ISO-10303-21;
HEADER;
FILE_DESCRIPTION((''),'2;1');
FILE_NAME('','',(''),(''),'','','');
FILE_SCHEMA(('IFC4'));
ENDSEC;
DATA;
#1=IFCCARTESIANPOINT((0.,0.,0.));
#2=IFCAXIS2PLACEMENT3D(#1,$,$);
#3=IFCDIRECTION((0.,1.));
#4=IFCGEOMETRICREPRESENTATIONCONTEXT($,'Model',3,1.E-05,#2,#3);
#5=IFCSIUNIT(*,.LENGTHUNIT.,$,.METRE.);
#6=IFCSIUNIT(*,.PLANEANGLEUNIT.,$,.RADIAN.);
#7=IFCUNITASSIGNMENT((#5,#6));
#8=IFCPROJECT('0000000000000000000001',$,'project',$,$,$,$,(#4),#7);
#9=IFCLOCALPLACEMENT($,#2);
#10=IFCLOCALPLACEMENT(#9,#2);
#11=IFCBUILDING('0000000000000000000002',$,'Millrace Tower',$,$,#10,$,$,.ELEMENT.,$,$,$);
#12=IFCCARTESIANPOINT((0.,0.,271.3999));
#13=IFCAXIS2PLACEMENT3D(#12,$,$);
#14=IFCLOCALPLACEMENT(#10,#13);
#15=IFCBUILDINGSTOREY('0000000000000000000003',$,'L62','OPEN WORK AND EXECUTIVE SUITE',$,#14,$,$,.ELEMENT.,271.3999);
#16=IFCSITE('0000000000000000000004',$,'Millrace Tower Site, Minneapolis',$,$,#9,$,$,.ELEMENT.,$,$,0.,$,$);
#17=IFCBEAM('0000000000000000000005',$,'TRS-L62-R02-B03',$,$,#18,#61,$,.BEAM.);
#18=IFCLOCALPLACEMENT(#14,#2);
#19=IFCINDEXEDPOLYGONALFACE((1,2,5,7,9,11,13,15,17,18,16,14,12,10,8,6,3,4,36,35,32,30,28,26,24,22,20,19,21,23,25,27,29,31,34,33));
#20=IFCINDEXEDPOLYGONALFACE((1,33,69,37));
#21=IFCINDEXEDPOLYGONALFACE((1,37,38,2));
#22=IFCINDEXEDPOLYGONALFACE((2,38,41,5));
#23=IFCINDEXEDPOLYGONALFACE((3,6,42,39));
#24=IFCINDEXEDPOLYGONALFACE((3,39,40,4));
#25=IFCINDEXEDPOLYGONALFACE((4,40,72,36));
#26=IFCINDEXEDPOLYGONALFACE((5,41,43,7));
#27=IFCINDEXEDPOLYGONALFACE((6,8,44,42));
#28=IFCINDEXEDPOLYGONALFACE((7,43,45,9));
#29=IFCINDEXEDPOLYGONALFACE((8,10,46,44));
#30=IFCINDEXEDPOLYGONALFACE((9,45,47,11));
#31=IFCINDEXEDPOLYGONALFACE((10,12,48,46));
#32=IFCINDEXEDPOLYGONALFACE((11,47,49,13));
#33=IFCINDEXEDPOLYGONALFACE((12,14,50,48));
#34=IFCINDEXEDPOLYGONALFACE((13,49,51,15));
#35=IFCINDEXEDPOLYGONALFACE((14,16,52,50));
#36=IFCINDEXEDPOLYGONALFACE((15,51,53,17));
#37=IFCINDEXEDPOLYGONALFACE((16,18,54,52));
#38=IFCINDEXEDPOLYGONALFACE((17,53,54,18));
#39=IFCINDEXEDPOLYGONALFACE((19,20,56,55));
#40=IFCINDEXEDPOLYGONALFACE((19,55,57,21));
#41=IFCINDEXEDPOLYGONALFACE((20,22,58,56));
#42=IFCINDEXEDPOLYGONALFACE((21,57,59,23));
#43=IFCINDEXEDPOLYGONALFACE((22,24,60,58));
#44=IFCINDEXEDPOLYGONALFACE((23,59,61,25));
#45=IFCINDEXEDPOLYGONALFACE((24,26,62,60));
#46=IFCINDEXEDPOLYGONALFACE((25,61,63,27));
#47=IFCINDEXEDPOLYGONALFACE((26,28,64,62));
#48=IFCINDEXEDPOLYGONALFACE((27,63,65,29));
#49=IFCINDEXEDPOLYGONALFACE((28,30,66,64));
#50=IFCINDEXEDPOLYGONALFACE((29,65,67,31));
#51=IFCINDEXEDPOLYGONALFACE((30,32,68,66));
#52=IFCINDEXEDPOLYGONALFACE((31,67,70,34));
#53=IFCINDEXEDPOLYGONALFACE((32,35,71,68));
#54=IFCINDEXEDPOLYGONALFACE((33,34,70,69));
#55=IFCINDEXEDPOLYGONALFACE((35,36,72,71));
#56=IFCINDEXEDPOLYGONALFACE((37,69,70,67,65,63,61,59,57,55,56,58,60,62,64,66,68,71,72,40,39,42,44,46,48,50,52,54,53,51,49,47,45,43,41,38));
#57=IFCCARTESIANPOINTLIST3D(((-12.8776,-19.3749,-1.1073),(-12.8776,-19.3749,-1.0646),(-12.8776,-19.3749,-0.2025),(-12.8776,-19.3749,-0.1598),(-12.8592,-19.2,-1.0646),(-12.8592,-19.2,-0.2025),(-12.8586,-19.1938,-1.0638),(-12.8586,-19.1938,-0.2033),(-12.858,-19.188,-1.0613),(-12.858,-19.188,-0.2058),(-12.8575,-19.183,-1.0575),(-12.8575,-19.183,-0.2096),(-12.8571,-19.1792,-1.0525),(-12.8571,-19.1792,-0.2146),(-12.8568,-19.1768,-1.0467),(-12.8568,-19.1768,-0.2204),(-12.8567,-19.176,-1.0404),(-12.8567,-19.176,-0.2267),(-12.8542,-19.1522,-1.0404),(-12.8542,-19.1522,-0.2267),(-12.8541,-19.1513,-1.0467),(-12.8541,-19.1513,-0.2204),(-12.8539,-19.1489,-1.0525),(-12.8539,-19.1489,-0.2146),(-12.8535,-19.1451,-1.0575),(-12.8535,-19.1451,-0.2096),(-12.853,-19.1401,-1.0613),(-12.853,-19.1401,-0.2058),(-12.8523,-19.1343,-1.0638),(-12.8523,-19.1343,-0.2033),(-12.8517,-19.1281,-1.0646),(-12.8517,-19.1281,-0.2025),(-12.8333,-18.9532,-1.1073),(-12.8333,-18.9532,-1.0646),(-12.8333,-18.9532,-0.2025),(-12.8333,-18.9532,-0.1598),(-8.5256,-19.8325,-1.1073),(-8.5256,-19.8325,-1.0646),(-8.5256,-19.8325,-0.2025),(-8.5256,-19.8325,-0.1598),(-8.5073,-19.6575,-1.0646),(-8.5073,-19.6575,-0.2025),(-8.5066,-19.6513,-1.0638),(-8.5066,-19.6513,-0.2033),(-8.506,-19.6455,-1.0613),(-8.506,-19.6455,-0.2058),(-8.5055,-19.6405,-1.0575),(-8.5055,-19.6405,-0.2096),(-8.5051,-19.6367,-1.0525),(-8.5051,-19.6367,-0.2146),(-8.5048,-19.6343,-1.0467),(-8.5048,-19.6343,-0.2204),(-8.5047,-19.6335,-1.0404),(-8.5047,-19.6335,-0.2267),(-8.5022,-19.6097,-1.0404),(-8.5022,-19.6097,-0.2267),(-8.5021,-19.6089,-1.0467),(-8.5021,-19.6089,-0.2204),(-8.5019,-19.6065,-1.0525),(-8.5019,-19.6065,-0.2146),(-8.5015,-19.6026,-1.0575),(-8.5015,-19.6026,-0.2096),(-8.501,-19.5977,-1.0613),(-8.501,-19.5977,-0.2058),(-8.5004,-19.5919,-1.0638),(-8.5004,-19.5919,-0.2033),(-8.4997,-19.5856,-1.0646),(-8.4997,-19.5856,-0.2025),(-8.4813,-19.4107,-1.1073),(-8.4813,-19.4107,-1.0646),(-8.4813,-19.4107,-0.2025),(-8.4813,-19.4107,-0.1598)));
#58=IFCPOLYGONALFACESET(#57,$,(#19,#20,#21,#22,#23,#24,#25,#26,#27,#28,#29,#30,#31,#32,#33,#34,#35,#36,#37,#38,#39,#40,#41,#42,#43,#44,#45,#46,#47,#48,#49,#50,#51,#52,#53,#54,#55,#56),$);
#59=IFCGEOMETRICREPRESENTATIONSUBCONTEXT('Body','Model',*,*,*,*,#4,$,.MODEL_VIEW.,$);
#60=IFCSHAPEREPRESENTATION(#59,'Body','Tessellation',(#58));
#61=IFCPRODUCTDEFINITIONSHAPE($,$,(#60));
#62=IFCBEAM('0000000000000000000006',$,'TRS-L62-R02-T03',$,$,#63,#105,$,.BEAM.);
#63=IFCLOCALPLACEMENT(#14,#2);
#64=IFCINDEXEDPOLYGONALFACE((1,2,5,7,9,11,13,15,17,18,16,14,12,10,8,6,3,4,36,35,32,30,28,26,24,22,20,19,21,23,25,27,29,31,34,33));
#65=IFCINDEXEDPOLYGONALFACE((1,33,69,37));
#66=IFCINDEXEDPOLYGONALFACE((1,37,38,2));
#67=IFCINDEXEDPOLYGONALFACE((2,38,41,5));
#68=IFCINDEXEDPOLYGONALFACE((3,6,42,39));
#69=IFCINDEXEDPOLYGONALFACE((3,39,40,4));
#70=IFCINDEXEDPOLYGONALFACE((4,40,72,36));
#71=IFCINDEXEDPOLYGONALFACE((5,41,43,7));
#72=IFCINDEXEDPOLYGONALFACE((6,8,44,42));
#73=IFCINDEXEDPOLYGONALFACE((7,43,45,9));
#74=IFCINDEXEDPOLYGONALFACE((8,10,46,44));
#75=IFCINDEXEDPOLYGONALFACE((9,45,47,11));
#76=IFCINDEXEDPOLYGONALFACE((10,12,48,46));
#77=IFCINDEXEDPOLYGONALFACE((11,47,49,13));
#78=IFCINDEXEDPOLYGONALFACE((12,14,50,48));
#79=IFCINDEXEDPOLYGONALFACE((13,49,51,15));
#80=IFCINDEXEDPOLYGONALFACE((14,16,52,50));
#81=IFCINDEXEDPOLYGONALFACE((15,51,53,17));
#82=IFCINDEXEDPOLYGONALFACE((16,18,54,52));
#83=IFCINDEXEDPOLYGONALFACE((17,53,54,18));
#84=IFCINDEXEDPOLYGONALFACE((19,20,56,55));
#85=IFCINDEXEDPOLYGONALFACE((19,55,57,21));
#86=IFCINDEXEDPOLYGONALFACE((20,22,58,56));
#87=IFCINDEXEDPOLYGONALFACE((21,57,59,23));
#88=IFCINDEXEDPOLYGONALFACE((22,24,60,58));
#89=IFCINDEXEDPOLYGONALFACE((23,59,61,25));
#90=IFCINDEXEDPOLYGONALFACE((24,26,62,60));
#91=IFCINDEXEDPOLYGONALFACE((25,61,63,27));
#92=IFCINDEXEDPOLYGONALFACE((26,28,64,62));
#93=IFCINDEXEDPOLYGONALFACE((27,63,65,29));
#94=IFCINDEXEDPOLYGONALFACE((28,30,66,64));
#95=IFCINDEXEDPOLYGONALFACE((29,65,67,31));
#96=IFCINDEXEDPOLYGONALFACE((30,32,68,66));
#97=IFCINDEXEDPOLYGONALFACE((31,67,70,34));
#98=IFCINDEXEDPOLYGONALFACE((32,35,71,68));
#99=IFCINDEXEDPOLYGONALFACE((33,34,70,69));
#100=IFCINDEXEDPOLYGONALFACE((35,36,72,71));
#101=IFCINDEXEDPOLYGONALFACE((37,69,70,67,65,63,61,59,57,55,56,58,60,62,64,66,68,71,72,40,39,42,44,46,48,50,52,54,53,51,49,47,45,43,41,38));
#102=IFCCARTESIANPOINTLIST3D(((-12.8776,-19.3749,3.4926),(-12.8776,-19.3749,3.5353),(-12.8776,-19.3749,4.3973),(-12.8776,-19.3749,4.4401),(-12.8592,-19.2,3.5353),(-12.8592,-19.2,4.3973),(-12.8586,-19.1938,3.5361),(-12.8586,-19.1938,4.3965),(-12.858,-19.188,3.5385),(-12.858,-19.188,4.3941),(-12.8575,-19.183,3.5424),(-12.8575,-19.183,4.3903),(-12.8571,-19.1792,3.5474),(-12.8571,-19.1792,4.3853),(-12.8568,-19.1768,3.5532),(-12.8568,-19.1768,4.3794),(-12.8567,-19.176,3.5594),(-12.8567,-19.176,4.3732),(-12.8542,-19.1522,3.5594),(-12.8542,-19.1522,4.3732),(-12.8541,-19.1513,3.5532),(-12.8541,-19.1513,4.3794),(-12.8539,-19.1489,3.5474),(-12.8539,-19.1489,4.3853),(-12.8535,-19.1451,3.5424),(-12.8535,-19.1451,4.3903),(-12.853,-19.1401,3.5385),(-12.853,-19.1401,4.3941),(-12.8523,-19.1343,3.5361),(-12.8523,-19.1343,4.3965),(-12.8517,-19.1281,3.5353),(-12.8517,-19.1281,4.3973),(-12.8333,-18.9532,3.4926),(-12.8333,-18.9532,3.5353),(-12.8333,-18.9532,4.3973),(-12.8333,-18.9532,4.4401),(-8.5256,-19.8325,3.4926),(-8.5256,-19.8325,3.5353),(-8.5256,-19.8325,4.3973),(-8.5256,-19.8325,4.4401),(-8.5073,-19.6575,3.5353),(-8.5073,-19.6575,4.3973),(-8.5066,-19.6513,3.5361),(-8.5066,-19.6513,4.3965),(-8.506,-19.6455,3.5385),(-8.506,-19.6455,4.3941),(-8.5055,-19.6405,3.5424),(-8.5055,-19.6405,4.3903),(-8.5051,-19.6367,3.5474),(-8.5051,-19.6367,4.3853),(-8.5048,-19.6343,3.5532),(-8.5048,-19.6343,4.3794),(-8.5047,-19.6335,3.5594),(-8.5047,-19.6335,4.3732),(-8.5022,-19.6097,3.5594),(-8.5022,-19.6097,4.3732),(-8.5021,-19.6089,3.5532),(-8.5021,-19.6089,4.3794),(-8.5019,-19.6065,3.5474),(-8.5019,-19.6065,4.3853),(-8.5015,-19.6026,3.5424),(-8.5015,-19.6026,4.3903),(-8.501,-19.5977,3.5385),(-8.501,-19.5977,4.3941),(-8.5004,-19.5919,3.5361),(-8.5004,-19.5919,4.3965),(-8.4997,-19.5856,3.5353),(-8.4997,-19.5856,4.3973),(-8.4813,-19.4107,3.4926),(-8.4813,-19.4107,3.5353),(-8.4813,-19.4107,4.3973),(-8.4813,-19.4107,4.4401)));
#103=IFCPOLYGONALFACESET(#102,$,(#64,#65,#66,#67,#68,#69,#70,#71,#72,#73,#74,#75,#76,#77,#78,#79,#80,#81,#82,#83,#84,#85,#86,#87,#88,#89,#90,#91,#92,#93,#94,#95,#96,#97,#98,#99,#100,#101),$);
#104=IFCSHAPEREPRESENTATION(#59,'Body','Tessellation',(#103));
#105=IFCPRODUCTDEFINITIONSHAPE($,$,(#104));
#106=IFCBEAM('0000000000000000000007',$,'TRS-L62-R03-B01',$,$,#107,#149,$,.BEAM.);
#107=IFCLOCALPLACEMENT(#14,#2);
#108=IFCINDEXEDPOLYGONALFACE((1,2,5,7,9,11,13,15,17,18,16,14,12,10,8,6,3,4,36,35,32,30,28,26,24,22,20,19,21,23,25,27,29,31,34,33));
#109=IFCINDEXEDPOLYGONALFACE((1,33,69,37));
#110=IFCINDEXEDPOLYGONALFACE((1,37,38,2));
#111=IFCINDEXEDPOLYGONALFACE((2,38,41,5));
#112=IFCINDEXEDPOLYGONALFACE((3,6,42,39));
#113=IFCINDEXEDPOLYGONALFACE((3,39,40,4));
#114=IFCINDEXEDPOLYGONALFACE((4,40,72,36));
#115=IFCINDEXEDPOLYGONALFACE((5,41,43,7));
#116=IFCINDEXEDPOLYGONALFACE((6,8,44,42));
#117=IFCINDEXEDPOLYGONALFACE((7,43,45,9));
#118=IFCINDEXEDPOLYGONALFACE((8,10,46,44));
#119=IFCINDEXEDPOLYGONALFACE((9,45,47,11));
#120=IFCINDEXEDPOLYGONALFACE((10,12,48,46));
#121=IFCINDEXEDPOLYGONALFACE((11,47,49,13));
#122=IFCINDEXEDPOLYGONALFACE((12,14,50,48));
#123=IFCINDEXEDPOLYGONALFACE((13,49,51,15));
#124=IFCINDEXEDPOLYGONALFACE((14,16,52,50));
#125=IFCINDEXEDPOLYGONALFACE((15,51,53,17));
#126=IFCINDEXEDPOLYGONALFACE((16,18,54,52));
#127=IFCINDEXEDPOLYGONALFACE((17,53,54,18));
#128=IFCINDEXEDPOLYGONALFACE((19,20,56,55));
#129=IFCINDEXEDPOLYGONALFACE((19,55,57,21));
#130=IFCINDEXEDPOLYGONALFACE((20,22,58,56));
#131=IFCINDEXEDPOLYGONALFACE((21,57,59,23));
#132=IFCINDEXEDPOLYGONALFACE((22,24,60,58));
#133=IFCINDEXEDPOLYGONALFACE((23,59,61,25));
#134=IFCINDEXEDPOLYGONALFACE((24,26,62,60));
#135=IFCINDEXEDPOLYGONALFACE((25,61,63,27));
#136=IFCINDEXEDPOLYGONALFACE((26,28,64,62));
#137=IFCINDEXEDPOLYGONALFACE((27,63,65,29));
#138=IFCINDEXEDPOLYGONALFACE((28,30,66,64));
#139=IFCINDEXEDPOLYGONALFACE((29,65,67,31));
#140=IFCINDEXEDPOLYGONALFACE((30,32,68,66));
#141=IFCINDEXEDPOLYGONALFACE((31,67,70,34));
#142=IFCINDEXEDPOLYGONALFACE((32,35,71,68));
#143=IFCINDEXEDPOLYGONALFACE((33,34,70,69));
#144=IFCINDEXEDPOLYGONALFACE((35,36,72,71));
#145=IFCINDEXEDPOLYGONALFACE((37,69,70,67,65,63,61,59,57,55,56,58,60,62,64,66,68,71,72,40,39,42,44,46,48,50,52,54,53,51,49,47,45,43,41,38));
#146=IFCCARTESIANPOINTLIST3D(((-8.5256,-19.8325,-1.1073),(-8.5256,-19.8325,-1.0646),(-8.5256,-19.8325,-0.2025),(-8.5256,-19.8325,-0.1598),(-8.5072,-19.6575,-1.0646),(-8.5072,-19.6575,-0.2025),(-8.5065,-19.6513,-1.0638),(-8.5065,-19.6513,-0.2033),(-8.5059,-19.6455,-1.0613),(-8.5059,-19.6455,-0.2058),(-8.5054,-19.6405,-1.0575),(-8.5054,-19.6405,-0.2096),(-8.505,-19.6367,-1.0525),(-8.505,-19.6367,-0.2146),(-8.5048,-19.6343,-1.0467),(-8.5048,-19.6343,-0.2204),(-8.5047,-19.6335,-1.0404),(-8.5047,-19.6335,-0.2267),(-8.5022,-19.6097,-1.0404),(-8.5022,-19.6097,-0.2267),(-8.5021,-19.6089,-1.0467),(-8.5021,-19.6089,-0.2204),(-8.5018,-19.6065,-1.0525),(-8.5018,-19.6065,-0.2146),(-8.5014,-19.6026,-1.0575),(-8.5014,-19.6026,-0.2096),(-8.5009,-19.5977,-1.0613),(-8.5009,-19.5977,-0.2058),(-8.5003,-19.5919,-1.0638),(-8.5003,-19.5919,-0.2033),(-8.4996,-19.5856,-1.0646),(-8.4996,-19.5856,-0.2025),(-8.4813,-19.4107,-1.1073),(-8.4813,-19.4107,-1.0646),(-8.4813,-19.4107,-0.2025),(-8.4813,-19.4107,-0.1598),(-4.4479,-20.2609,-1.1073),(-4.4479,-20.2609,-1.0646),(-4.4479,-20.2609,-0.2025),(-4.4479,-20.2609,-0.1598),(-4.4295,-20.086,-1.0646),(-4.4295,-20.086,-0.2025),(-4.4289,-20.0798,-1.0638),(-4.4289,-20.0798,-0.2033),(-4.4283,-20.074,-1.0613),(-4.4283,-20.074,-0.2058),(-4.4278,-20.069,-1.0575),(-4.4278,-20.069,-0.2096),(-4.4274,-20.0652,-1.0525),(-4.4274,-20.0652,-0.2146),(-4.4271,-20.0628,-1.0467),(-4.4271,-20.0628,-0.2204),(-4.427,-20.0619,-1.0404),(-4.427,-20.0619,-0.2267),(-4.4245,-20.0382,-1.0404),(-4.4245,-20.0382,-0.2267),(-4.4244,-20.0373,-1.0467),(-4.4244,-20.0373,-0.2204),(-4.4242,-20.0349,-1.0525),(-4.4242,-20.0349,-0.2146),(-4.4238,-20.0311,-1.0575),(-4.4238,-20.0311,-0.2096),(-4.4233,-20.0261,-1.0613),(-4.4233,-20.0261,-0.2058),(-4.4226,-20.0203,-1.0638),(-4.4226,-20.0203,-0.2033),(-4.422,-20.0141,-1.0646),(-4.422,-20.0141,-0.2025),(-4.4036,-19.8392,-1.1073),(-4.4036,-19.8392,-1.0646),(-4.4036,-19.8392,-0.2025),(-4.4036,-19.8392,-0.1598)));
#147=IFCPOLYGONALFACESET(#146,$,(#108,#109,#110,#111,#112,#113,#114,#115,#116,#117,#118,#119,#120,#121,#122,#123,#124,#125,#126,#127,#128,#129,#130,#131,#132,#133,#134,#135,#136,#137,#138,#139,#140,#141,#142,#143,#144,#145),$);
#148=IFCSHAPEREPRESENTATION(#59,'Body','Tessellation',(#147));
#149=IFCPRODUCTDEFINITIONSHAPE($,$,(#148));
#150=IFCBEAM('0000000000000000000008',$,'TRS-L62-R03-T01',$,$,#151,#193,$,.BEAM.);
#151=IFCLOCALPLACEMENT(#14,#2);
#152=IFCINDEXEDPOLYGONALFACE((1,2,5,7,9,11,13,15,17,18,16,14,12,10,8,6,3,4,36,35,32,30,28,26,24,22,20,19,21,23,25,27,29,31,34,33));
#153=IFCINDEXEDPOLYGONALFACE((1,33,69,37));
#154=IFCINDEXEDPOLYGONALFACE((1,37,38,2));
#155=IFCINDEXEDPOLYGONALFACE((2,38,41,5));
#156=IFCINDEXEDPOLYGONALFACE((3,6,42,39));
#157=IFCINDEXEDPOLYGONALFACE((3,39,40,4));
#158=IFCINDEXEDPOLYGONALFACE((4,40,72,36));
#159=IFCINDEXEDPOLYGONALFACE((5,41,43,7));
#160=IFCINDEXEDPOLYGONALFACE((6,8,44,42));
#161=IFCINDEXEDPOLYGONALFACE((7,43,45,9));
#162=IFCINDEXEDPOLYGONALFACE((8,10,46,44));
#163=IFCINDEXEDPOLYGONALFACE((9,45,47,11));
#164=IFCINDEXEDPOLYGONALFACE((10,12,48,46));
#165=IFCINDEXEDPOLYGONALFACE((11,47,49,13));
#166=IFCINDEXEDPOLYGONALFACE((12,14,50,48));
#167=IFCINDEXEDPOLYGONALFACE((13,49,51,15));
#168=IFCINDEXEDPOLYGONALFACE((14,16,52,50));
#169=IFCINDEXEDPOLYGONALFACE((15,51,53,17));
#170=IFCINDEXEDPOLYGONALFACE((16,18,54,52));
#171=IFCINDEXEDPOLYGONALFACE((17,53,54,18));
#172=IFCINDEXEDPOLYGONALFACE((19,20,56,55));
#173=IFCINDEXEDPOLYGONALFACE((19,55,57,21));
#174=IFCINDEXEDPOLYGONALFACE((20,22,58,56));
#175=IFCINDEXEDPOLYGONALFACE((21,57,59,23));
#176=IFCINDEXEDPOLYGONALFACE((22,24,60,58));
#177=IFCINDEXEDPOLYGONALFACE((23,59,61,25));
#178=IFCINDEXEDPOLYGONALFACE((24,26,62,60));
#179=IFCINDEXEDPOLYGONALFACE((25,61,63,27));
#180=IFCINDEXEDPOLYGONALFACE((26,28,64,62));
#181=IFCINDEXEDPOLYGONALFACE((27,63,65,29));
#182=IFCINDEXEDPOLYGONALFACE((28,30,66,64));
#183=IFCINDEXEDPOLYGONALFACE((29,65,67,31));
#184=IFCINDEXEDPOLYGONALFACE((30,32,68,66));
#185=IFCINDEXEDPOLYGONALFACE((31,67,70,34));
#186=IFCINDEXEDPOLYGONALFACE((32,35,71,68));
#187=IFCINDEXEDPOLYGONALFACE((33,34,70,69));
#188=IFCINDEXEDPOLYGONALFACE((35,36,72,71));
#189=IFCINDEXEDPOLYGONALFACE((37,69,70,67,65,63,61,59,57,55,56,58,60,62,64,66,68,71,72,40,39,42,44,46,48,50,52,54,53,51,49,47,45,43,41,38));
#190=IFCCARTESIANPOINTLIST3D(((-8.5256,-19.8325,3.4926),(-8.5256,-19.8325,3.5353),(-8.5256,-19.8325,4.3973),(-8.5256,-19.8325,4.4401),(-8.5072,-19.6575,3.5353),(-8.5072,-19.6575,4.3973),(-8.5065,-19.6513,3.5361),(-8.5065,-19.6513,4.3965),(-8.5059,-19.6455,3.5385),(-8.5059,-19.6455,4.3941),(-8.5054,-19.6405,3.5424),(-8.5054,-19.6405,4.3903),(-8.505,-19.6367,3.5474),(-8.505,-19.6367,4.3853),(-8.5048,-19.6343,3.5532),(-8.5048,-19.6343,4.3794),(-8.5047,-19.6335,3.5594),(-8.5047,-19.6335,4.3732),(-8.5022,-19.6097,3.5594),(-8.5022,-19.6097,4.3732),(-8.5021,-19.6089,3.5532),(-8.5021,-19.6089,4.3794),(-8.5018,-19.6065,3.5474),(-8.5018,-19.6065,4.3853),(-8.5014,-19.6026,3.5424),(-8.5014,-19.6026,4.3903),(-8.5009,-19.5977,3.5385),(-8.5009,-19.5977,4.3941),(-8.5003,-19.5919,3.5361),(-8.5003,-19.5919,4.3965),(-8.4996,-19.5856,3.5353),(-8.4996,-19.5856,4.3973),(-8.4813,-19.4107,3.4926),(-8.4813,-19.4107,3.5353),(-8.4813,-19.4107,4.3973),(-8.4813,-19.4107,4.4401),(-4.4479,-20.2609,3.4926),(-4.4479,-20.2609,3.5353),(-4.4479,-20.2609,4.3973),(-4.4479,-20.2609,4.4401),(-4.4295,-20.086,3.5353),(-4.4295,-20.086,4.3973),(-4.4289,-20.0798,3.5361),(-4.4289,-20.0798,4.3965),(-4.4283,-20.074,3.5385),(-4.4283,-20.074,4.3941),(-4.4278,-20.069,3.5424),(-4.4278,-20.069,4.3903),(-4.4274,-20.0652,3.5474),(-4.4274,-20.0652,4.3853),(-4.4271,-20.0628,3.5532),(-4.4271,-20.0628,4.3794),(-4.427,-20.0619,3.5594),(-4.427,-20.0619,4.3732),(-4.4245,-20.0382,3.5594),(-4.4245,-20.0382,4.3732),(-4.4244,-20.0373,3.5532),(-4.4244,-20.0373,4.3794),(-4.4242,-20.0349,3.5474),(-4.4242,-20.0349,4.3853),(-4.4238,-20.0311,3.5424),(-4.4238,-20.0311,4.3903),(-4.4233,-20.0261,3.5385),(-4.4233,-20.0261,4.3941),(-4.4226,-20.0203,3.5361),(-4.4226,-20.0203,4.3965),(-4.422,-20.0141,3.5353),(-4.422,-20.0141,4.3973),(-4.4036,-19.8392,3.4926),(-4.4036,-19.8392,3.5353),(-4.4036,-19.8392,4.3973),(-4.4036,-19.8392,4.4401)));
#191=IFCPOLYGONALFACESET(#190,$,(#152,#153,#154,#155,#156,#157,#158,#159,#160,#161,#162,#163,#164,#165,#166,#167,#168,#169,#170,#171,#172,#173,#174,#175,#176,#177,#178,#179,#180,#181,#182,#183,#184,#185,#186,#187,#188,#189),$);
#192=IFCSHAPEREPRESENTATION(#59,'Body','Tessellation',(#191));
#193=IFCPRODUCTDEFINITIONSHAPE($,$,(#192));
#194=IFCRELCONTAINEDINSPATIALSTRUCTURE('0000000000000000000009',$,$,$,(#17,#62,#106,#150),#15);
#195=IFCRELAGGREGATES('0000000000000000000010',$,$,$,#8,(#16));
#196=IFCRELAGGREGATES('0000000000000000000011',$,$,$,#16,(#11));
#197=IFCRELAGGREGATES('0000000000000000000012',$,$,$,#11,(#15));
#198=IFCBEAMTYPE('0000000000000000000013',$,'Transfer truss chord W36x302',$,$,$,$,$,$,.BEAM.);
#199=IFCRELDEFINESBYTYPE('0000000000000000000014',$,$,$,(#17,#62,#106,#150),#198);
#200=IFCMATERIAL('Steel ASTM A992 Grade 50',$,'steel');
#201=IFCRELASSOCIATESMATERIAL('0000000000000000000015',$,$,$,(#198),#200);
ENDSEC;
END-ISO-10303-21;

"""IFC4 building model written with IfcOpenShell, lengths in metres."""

from ifc_helpers import new_model, si_unit, direction, frame, origin, origin_2d, place, context, subcontext, project, spatial, i_section, extrude, material, material_profile, profile_set, type_object, element, save


model = new_model("IFC4")

# Units and contexts
model_context = context("Model", 3, precision=1e-05, world=origin(), true_north=direction((0.0, 1.0)))
body_context = subcontext(model_context, "Body", "Model", "MODEL_VIEW")
ifc_project = project(units=[si_unit("LENGTHUNIT", "METRE"), si_unit("PLANEANGLEUNIT", "RADIAN")], contexts=[model_context])

# Site, building, storey
site_placement = place(None, origin())
site = spatial("IfcSite", under=ifc_project, at=site_placement, Name="Millrace Tower Site, Minneapolis", CompositionType="ELEMENT", RefElevation=0.0)
building_placement = place(site_placement, origin())
building = spatial("IfcBuilding", under=site, at=building_placement, Name="Millrace Tower", CompositionType="ELEMENT")
storey_placement = place(building_placement, frame((0.0, 0.0, 271.3999)))
storey = spatial("IfcBuildingStorey", under=building, at=storey_placement, Name="L62", Description="OPEN WORK AND EXECUTIVE SUITE", CompositionType="ELEMENT", Elevation=271.3999)

# Beams
ifc_material_1 = material(Name="Steel ASTM A992 Grade 50", Category="steel")
ifc_material_profile_1 = material_profile(ifc_material_1, i_section(OverallWidth=0.4241, OverallDepth=0.9475, WebThickness=0.0239, FlangeThickness=0.0427, FilletRadius=0.0242, at=origin_2d()))
ifc_profile_set_1 = profile_set([ifc_material_profile_1], Name="Steel ASTM A992 Grade 50")
beam_type_1 = type_object("IfcBeamType", Name="Transfer truss chord W36x302", PredefinedType="BEAM", material=ifc_profile_set_1)
for number, where, z_axis, x_axis, name in (
    (1, (-12.8555, -19.1641, -0.6335), (0.99452, -0.104551, 0.0), (0.104551, 0.99452, 0.0), "TRS-L62-R02-B03"),
    (2, (-12.8555, -19.1641, 3.9663), (0.99452, -0.104551, 0.0), (0.104551, 0.99452, 0.0), "TRS-L62-R02-T03"),
):
    element("IfcBeam", number, at=place(storey_placement, frame(where, z_axis=z_axis, x_axis=x_axis)), inside=storey, type_object=beam_type_1, Name=name, PredefinedType="BEAM", context=body_context, shape_type="SweptSolid", body=[
        extrude(i_section(OverallWidth=0.4241, OverallDepth=0.9475, WebThickness=0.0239, FlangeThickness=0.0427, FilletRadius=0.0242, at=origin_2d()), origin(), (0.0, 0.0, 1.0), 4.376),
    ])
for number, where, z_axis, x_axis, name in (
    (3, (-8.5034, -19.6216, -0.6335), (0.994525, -0.104502, 0.0), (0.104502, 0.994525, 0.0), "TRS-L62-R03-B01"),
    (4, (-8.5034, -19.6216, 3.9663), (0.994525, -0.104502, 0.0), (0.104502, 0.994525, 0.0), "TRS-L62-R03-T01"),
):
    element("IfcBeam", number, at=place(storey_placement, frame(where, z_axis=z_axis, x_axis=x_axis)), inside=storey, type_object=beam_type_1, Name=name, PredefinedType="BEAM", context=body_context, shape_type="SweptSolid", body=[
        extrude(i_section(OverallWidth=0.4241, OverallDepth=0.9475, WebThickness=0.0239, FlangeThickness=0.0427, FilletRadius=0.0242, at=origin_2d()), origin(), (0.0, 0.0, 1.0), 4.1001),
    ])

save(model, "model.ifc")
